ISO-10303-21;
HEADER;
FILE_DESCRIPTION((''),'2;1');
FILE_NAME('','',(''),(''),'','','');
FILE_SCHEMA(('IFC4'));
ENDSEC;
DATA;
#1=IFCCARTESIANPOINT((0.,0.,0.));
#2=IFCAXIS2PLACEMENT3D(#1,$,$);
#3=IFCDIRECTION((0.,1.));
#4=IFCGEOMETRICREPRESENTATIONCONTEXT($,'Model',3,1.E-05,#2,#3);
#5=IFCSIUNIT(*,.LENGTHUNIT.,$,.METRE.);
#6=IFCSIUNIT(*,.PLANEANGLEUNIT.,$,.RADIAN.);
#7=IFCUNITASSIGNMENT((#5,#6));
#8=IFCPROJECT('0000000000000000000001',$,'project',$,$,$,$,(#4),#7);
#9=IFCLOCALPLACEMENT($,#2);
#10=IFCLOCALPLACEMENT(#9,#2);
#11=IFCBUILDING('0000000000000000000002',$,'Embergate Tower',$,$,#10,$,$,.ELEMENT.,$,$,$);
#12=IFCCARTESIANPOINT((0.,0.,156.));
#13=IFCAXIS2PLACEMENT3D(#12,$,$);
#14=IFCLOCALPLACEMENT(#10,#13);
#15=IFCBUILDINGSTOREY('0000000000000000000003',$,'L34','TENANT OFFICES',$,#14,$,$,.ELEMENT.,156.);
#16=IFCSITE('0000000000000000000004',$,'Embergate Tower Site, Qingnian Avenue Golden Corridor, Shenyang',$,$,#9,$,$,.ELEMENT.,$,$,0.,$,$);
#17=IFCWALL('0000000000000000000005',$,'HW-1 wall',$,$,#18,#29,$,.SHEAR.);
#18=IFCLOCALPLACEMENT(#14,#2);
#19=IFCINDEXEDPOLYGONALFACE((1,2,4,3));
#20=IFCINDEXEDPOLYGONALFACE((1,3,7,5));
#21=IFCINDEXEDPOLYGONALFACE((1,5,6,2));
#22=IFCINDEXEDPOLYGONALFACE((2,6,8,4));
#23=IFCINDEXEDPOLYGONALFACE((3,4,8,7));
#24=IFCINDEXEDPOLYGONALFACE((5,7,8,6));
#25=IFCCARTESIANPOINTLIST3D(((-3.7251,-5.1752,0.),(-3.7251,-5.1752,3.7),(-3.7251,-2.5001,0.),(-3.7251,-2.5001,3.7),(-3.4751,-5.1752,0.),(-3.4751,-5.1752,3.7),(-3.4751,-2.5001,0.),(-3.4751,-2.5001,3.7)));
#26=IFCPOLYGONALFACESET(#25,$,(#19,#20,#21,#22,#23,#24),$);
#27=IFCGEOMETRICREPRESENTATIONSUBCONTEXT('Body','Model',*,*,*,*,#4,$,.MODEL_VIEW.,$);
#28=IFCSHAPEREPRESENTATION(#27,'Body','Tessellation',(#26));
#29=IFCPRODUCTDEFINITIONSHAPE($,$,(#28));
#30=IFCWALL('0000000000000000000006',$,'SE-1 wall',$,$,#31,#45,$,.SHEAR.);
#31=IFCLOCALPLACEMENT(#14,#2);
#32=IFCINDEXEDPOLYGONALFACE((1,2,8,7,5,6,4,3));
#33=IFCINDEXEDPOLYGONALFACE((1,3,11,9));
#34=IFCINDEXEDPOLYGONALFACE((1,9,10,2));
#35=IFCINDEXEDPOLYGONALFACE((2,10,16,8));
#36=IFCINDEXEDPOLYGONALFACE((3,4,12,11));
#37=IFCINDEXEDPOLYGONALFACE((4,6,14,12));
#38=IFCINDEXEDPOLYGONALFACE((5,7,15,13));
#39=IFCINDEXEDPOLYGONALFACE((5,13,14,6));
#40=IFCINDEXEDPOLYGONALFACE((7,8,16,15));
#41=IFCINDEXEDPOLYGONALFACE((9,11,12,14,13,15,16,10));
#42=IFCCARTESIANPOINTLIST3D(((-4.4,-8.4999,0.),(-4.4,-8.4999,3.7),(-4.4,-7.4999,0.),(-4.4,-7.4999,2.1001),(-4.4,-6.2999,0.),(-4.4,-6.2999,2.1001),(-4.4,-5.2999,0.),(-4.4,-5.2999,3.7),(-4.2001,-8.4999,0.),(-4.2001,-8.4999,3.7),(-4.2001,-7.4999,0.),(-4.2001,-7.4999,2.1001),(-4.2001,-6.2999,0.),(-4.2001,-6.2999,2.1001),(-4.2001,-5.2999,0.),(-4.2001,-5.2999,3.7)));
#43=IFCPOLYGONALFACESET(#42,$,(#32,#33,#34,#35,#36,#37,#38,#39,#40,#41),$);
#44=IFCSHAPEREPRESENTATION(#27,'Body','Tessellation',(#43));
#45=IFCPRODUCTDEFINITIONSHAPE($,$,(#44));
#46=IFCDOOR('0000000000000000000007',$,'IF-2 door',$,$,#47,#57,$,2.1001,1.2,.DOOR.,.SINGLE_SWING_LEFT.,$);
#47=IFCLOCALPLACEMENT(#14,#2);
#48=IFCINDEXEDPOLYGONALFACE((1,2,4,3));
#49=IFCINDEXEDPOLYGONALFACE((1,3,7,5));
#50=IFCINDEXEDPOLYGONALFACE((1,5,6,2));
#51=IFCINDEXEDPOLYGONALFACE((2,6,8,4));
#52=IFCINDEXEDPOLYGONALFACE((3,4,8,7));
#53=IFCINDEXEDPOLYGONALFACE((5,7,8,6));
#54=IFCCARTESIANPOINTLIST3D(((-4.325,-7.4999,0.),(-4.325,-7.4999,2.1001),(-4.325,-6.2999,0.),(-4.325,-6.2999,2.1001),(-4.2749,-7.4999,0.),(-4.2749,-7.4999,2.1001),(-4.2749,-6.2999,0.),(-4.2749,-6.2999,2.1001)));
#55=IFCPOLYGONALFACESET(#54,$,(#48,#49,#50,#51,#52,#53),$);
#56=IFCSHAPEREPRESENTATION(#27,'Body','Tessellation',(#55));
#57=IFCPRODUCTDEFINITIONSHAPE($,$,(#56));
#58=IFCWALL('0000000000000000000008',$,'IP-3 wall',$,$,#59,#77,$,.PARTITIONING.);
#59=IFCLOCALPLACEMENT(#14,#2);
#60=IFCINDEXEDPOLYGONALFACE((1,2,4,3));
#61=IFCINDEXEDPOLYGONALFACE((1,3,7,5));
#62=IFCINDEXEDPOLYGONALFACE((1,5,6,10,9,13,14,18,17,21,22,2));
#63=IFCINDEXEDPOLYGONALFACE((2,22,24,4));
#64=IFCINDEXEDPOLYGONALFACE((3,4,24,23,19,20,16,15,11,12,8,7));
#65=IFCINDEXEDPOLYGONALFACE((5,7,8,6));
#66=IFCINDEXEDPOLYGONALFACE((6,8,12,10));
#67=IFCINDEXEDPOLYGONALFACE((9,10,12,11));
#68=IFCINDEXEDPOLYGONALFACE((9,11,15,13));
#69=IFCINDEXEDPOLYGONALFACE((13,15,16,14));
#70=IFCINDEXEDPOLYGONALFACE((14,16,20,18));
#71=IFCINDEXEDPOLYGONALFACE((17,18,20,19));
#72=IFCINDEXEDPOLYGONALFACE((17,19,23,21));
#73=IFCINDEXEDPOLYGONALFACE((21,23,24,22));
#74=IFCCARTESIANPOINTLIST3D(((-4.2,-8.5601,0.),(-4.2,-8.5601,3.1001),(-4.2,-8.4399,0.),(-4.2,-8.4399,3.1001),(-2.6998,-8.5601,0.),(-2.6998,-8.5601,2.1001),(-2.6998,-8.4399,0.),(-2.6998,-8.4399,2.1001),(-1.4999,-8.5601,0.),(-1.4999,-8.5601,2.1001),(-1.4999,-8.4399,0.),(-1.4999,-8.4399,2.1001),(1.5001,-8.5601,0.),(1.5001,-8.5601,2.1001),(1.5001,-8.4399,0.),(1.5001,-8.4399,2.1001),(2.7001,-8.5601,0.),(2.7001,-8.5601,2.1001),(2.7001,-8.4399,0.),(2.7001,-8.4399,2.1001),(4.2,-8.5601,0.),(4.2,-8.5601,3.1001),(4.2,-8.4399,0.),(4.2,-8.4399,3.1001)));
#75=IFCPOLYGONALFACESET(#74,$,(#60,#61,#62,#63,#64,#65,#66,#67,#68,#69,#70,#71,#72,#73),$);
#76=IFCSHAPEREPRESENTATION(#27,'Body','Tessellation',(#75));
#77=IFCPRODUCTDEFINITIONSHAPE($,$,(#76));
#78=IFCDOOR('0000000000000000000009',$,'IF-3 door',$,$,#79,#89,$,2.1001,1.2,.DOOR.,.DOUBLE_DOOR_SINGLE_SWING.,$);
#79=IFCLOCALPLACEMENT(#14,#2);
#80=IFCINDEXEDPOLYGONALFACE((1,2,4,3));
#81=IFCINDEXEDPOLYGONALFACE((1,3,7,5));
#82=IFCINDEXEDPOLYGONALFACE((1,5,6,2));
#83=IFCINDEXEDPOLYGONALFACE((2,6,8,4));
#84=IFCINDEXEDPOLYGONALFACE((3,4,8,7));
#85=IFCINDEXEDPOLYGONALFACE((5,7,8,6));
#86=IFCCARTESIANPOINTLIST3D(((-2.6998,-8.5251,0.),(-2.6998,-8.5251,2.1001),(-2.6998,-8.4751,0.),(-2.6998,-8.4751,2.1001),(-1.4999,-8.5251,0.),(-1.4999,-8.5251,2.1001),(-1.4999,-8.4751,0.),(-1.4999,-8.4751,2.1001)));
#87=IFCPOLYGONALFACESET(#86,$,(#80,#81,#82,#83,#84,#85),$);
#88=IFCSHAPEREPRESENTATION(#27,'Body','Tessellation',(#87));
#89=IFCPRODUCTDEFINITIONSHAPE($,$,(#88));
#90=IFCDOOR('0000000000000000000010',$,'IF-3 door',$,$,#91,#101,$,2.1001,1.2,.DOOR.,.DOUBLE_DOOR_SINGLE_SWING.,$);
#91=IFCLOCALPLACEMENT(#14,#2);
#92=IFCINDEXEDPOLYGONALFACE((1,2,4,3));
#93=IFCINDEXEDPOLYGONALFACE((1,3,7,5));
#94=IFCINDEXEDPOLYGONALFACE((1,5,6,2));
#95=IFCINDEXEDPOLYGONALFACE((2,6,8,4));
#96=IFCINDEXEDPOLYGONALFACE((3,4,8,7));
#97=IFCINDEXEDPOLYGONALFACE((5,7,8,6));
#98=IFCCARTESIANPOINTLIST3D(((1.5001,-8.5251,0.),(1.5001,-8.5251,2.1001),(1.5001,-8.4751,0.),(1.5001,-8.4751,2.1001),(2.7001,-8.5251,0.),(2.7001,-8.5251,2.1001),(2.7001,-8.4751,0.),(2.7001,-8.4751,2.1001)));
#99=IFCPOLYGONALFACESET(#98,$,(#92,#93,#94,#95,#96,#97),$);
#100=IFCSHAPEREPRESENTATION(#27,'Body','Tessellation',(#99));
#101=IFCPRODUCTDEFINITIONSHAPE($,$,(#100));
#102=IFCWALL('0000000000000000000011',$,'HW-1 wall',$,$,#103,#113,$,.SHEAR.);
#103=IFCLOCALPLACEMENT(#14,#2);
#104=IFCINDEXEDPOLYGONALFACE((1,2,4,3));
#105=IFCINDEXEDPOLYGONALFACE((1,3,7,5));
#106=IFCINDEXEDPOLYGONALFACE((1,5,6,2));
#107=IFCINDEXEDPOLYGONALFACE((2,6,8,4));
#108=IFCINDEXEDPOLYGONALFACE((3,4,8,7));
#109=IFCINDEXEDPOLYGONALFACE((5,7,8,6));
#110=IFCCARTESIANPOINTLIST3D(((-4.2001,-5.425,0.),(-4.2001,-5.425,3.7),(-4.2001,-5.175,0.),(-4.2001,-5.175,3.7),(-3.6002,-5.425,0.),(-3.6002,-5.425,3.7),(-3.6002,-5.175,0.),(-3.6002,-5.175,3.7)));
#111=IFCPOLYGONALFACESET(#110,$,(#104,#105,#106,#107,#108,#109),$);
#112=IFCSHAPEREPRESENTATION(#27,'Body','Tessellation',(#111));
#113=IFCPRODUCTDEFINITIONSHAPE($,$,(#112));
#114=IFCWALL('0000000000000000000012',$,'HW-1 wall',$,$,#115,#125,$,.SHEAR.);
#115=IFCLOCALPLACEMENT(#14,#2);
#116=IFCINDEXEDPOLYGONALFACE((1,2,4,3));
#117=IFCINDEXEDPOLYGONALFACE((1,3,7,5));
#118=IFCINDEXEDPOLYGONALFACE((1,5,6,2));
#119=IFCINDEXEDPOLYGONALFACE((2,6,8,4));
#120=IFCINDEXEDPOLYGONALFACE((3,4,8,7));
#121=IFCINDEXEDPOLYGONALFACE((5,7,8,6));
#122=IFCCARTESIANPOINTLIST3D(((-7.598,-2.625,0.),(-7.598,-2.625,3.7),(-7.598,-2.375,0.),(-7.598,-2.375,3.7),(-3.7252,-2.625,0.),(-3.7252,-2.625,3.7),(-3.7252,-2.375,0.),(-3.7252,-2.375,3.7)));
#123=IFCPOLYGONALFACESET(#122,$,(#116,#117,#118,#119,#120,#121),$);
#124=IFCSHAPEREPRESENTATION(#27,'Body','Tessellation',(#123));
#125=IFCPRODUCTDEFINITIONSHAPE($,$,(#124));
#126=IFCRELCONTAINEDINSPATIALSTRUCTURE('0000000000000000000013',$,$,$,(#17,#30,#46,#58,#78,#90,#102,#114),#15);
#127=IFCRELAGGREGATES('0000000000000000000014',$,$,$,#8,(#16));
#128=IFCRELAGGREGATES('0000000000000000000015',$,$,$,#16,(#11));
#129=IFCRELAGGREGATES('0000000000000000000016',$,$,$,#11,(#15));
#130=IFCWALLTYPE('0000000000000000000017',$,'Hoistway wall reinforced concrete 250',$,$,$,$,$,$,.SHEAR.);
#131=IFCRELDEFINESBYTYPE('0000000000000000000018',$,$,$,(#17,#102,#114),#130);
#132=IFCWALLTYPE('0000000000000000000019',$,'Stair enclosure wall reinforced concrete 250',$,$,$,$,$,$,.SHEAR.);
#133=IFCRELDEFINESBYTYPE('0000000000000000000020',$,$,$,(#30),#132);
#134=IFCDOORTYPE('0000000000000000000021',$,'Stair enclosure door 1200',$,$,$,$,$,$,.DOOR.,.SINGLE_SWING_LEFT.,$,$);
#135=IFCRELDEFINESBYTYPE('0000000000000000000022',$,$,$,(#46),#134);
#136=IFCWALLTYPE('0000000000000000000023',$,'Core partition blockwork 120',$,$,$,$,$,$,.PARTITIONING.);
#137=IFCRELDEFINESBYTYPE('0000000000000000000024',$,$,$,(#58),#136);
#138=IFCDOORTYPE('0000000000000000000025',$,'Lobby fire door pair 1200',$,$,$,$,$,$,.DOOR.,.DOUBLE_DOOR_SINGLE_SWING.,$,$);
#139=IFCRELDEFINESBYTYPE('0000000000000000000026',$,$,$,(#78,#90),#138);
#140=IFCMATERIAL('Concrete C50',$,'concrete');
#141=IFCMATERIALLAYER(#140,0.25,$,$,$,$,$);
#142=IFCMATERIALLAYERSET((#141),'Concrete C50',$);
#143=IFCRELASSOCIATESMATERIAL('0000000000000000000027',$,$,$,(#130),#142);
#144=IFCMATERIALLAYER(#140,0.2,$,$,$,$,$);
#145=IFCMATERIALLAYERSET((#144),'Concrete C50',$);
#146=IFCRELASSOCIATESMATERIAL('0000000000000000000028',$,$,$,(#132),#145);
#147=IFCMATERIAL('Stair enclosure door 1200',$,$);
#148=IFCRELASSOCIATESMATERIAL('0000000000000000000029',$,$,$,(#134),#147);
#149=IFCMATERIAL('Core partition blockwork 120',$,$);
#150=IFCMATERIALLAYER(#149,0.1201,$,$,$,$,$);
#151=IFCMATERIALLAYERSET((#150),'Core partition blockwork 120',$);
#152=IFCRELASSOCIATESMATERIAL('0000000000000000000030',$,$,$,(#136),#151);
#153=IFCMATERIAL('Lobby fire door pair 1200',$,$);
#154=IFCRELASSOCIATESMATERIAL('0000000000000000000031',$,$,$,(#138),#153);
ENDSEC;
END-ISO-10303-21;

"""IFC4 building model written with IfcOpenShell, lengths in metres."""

from ifc_helpers import new_model, si_unit, direction, frame, frame_2d, origin, place, context, subcontext, project, spatial, rectangle, extrude, source, transform, mapped, material, layer, layer_set, type_object, element, fill, save


model = new_model("IFC4")

# Units and contexts
model_context = context("Model", 3, precision=1e-05, world=origin(), true_north=direction((0.0, 1.0)))
body_context = subcontext(model_context, "Body", "Model", "MODEL_VIEW")
ifc_project = project(units=[si_unit("LENGTHUNIT", "METRE"), si_unit("PLANEANGLEUNIT", "RADIAN")], contexts=[model_context])

# Site, building, storey
site_placement = place(None, origin())
site = spatial("IfcSite", under=ifc_project, at=site_placement, Name="Embergate Tower Site, Qingnian Avenue Golden Corridor, Shenyang", CompositionType="ELEMENT", RefElevation=0.0)
building_placement = place(site_placement, origin())
building = spatial("IfcBuilding", under=site, at=building_placement, Name="Embergate Tower", CompositionType="ELEMENT")
storey_placement = place(building_placement, frame((0.0, 0.0, 156.0)))
storey = spatial("IfcBuildingStorey", under=building, at=storey_placement, Name="L34", Description="TENANT OFFICES", CompositionType="ELEMENT", Elevation=156.0)

# Wall
ifc_material_1 = material(Name="Concrete C50", Category="concrete")
ifc_layer_1 = layer(ifc_material_1, 0.25)
ifc_layer_set_1 = layer_set([ifc_layer_1], Name="Concrete C50")
wall_type_1 = type_object("IfcWallType", Name="Hoistway wall reinforced concrete 250", PredefinedType="SHEAR", material=ifc_layer_set_1)
shared_shape_1 = source(origin(), body_context, "Body", "SweptSolid", [
    extrude(rectangle(XDim=2.675, YDim=0.25, at=frame_2d((1.3374, 0.0))), origin(), (0.0, 0.0, 1.0), 3.7),
])
wall_1_placement = place(storey_placement, frame((-3.6001, -5.175, 0.0), z_axis=(0.0, 0.0, 1.0), x_axis=(0.0, 1.0, 0.0)))
element("IfcWall", 1, at=wall_1_placement, inside=storey, type_object=wall_type_1, Name="HW-1 wall", PredefinedType="SHEAR", context=body_context, shape_type="MappedRepresentation", body=[
    mapped(shared_shape_1, transform((0.0, 0.0, 0.0))),
])

# Wall, opening, door
ifc_layer_2 = layer(ifc_material_1, 0.2)
ifc_layer_set_2 = layer_set([ifc_layer_2], Name="Concrete C50")
wall_type_2 = type_object("IfcWallType", Name="Stair enclosure wall reinforced concrete 250", PredefinedType="SHEAR", material=ifc_layer_set_2)
shared_shape_2 = source(origin(), body_context, "Body", "SweptSolid", [
    extrude(rectangle(XDim=3.2, YDim=0.2, at=frame_2d((1.6001, 0.0))), origin(), (0.0, 0.0, 1.0), 3.7),
])
wall_2_placement = place(storey_placement, frame((-4.3, -8.5, 0.0), z_axis=(0.0, 0.0, 1.0), x_axis=(0.0, 1.0, 0.0)))
wall_2 = element("IfcWall", 2, at=wall_2_placement, inside=storey, type_object=wall_type_2, Name="SE-1 wall", PredefinedType="SHEAR", context=body_context, shape_type="MappedRepresentation", body=[
    mapped(shared_shape_2, transform((0.0, 0.0, 0.0))),
])
shared_shape_3 = source(origin(), body_context, "Body", "SweptSolid", [
    extrude(rectangle(XDim=1.2, YDim=2.1001, at=frame_2d((0.6001, 1.05))), frame((0.0, 0.1099, 0.0), z_axis=(0.0, -1.0, 0.0), x_axis=(1.0, 0.0, 0.0)), (0.0, 0.0, 1.0), 0.22),
])
opening_1_placement = place(wall_2_placement, frame((1.0, 0.0, 0.0)))
opening_1 = element("IfcOpeningElement", 3, at=opening_1_placement, cuts=wall_2, PredefinedType="OPENING", context=body_context, shape_type="MappedRepresentation", body=[
    mapped(shared_shape_3, transform((0.0, 0.0, 0.0))),
])
ifc_material_2 = material(Name="Stair enclosure door 1200")
door_type_1 = type_object("IfcDoorType", Name="Stair enclosure door 1200", OperationType="SINGLE_SWING_LEFT", PredefinedType="DOOR", material=ifc_material_2)
shared_shape_4 = source(origin(), body_context, "Body", "SweptSolid", [
    extrude(rectangle(XDim=1.2, YDim=2.1001, at=frame_2d((0.6001, 1.05))), frame((0.0, 0.0249, 0.0), z_axis=(0.0, -1.0, 0.0), x_axis=(1.0, 0.0, 0.0)), (0.0, 0.0, 1.0), 0.05),
])
door_1_placement = place(opening_1_placement, origin())
door_1 = element("IfcDoor", 4, at=door_1_placement, inside=storey, type_object=door_type_1, Name="IF-2 door", OperationType="SINGLE_SWING_LEFT", OverallHeight=2.1001, OverallWidth=1.2, PredefinedType="DOOR", context=body_context, shape_type="MappedRepresentation", body=[
    mapped(shared_shape_4, transform((0.0, 0.0, 0.0))),
])
fill(opening_1, door_1)

# Wall, openings, doors
ifc_material_3 = material(Name="Core partition blockwork 120")
ifc_layer_3 = layer(ifc_material_3, 0.1201)
ifc_layer_set_3 = layer_set([ifc_layer_3], Name="Core partition blockwork 120")
wall_type_3 = type_object("IfcWallType", Name="Core partition blockwork 120", PredefinedType="PARTITIONING", material=ifc_layer_set_3)
shared_shape_5 = source(origin(), body_context, "Body", "SweptSolid", [
    extrude(rectangle(XDim=8.3999, YDim=0.1201, at=frame_2d((4.2, 0.0))), origin(), (0.0, 0.0, 1.0), 3.1001),
])
wall_3_placement = place(storey_placement, frame((-4.2, -8.5, 0.0), z_axis=(0.0, 0.0, 1.0), x_axis=(1.0, 0.0, 0.0)))
wall_3 = element("IfcWall", 5, at=wall_3_placement, inside=storey, type_object=wall_type_3, Name="IP-3 wall", PredefinedType="PARTITIONING", context=body_context, shape_type="MappedRepresentation", body=[
    mapped(shared_shape_5, transform((0.0, 0.0, 0.0))),
])
shared_shape_6 = source(origin(), body_context, "Body", "SweptSolid", [
    extrude(rectangle(XDim=1.2, YDim=2.1001, at=frame_2d((0.6001, 1.05))), frame((0.0, 0.0701, 0.0), z_axis=(0.0, -1.0, 0.0), x_axis=(1.0, 0.0, 0.0)), (0.0, 0.0, 1.0), 0.1401),
])
opening_2_placement = place(wall_3_placement, frame((1.5, 0.0, 0.0)))
opening_2 = element("IfcOpeningElement", 6, at=opening_2_placement, cuts=wall_3, PredefinedType="OPENING", context=body_context, shape_type="MappedRepresentation", body=[
    mapped(shared_shape_6, transform((0.0, 0.0, 0.0))),
])
opening_3_placement = place(wall_3_placement, frame((5.7, 0.0, 0.0)))
opening_3 = element("IfcOpeningElement", 7, at=opening_3_placement, cuts=wall_3, PredefinedType="OPENING", context=body_context, shape_type="MappedRepresentation", body=[
    mapped(shared_shape_6, transform((0.0, 0.0, 0.0))),
])
ifc_material_4 = material(Name="Lobby fire door pair 1200")
door_type_2 = type_object("IfcDoorType", Name="Lobby fire door pair 1200", OperationType="DOUBLE_DOOR_SINGLE_SWING", PredefinedType="DOOR", material=ifc_material_4)
door_2_placement = place(opening_2_placement, origin())
door_2 = element("IfcDoor", 8, at=door_2_placement, inside=storey, type_object=door_type_2, Name="IF-3 door", OperationType="DOUBLE_DOOR_SINGLE_SWING", OverallHeight=2.1001, OverallWidth=1.2, PredefinedType="DOOR", context=body_context, shape_type="MappedRepresentation", body=[
    mapped(shared_shape_4, transform((0.0, 0.0, 0.0))),
])
fill(opening_2, door_2)
door_3_placement = place(opening_3_placement, origin())
door_3 = element("IfcDoor", 9, at=door_3_placement, inside=storey, type_object=door_type_2, Name="IF-3 door", OperationType="DOUBLE_DOOR_SINGLE_SWING", OverallHeight=2.1001, OverallWidth=1.2, PredefinedType="DOOR", context=body_context, shape_type="MappedRepresentation", body=[
    mapped(shared_shape_4, transform((0.0, 0.0, 0.0))),
])
fill(opening_3, door_3)

# Walls
shared_shape_7 = source(origin(), body_context, "Body", "SweptSolid", [
    extrude(rectangle(XDim=0.5999, YDim=0.25, at=frame_2d((0.2998, 0.0))), origin(), (0.0, 0.0, 1.0), 3.7),
])
wall_4_placement = place(storey_placement, frame((-4.2, -5.3, 0.0), z_axis=(0.0, 0.0, 1.0), x_axis=(1.0, 0.0, 0.0)))
element("IfcWall", 10, at=wall_4_placement, inside=storey, type_object=wall_type_1, Name="HW-1 wall", PredefinedType="SHEAR", context=body_context, shape_type="MappedRepresentation", body=[
    mapped(shared_shape_7, transform((0.0, 0.0, 0.0))),
])
shared_shape_8 = source(origin(), body_context, "Body", "SweptSolid", [
    extrude(rectangle(XDim=3.8728, YDim=0.25, at=frame_2d((1.9365, 0.0))), origin(), (0.0, 0.0, 1.0), 3.7),
])
wall_5_placement = place(storey_placement, frame((-3.7251, -2.5, 0.0), z_axis=(0.0, 0.0, 1.0), x_axis=(-1.0, 0.0, 0.0)))
element("IfcWall", 11, at=wall_5_placement, inside=storey, type_object=wall_type_1, Name="HW-1 wall", PredefinedType="SHEAR", context=body_context, shape_type="MappedRepresentation", body=[
    mapped(shared_shape_8, transform((0.0, 0.0, 0.0))),
])

save(model, "model.ifc")
